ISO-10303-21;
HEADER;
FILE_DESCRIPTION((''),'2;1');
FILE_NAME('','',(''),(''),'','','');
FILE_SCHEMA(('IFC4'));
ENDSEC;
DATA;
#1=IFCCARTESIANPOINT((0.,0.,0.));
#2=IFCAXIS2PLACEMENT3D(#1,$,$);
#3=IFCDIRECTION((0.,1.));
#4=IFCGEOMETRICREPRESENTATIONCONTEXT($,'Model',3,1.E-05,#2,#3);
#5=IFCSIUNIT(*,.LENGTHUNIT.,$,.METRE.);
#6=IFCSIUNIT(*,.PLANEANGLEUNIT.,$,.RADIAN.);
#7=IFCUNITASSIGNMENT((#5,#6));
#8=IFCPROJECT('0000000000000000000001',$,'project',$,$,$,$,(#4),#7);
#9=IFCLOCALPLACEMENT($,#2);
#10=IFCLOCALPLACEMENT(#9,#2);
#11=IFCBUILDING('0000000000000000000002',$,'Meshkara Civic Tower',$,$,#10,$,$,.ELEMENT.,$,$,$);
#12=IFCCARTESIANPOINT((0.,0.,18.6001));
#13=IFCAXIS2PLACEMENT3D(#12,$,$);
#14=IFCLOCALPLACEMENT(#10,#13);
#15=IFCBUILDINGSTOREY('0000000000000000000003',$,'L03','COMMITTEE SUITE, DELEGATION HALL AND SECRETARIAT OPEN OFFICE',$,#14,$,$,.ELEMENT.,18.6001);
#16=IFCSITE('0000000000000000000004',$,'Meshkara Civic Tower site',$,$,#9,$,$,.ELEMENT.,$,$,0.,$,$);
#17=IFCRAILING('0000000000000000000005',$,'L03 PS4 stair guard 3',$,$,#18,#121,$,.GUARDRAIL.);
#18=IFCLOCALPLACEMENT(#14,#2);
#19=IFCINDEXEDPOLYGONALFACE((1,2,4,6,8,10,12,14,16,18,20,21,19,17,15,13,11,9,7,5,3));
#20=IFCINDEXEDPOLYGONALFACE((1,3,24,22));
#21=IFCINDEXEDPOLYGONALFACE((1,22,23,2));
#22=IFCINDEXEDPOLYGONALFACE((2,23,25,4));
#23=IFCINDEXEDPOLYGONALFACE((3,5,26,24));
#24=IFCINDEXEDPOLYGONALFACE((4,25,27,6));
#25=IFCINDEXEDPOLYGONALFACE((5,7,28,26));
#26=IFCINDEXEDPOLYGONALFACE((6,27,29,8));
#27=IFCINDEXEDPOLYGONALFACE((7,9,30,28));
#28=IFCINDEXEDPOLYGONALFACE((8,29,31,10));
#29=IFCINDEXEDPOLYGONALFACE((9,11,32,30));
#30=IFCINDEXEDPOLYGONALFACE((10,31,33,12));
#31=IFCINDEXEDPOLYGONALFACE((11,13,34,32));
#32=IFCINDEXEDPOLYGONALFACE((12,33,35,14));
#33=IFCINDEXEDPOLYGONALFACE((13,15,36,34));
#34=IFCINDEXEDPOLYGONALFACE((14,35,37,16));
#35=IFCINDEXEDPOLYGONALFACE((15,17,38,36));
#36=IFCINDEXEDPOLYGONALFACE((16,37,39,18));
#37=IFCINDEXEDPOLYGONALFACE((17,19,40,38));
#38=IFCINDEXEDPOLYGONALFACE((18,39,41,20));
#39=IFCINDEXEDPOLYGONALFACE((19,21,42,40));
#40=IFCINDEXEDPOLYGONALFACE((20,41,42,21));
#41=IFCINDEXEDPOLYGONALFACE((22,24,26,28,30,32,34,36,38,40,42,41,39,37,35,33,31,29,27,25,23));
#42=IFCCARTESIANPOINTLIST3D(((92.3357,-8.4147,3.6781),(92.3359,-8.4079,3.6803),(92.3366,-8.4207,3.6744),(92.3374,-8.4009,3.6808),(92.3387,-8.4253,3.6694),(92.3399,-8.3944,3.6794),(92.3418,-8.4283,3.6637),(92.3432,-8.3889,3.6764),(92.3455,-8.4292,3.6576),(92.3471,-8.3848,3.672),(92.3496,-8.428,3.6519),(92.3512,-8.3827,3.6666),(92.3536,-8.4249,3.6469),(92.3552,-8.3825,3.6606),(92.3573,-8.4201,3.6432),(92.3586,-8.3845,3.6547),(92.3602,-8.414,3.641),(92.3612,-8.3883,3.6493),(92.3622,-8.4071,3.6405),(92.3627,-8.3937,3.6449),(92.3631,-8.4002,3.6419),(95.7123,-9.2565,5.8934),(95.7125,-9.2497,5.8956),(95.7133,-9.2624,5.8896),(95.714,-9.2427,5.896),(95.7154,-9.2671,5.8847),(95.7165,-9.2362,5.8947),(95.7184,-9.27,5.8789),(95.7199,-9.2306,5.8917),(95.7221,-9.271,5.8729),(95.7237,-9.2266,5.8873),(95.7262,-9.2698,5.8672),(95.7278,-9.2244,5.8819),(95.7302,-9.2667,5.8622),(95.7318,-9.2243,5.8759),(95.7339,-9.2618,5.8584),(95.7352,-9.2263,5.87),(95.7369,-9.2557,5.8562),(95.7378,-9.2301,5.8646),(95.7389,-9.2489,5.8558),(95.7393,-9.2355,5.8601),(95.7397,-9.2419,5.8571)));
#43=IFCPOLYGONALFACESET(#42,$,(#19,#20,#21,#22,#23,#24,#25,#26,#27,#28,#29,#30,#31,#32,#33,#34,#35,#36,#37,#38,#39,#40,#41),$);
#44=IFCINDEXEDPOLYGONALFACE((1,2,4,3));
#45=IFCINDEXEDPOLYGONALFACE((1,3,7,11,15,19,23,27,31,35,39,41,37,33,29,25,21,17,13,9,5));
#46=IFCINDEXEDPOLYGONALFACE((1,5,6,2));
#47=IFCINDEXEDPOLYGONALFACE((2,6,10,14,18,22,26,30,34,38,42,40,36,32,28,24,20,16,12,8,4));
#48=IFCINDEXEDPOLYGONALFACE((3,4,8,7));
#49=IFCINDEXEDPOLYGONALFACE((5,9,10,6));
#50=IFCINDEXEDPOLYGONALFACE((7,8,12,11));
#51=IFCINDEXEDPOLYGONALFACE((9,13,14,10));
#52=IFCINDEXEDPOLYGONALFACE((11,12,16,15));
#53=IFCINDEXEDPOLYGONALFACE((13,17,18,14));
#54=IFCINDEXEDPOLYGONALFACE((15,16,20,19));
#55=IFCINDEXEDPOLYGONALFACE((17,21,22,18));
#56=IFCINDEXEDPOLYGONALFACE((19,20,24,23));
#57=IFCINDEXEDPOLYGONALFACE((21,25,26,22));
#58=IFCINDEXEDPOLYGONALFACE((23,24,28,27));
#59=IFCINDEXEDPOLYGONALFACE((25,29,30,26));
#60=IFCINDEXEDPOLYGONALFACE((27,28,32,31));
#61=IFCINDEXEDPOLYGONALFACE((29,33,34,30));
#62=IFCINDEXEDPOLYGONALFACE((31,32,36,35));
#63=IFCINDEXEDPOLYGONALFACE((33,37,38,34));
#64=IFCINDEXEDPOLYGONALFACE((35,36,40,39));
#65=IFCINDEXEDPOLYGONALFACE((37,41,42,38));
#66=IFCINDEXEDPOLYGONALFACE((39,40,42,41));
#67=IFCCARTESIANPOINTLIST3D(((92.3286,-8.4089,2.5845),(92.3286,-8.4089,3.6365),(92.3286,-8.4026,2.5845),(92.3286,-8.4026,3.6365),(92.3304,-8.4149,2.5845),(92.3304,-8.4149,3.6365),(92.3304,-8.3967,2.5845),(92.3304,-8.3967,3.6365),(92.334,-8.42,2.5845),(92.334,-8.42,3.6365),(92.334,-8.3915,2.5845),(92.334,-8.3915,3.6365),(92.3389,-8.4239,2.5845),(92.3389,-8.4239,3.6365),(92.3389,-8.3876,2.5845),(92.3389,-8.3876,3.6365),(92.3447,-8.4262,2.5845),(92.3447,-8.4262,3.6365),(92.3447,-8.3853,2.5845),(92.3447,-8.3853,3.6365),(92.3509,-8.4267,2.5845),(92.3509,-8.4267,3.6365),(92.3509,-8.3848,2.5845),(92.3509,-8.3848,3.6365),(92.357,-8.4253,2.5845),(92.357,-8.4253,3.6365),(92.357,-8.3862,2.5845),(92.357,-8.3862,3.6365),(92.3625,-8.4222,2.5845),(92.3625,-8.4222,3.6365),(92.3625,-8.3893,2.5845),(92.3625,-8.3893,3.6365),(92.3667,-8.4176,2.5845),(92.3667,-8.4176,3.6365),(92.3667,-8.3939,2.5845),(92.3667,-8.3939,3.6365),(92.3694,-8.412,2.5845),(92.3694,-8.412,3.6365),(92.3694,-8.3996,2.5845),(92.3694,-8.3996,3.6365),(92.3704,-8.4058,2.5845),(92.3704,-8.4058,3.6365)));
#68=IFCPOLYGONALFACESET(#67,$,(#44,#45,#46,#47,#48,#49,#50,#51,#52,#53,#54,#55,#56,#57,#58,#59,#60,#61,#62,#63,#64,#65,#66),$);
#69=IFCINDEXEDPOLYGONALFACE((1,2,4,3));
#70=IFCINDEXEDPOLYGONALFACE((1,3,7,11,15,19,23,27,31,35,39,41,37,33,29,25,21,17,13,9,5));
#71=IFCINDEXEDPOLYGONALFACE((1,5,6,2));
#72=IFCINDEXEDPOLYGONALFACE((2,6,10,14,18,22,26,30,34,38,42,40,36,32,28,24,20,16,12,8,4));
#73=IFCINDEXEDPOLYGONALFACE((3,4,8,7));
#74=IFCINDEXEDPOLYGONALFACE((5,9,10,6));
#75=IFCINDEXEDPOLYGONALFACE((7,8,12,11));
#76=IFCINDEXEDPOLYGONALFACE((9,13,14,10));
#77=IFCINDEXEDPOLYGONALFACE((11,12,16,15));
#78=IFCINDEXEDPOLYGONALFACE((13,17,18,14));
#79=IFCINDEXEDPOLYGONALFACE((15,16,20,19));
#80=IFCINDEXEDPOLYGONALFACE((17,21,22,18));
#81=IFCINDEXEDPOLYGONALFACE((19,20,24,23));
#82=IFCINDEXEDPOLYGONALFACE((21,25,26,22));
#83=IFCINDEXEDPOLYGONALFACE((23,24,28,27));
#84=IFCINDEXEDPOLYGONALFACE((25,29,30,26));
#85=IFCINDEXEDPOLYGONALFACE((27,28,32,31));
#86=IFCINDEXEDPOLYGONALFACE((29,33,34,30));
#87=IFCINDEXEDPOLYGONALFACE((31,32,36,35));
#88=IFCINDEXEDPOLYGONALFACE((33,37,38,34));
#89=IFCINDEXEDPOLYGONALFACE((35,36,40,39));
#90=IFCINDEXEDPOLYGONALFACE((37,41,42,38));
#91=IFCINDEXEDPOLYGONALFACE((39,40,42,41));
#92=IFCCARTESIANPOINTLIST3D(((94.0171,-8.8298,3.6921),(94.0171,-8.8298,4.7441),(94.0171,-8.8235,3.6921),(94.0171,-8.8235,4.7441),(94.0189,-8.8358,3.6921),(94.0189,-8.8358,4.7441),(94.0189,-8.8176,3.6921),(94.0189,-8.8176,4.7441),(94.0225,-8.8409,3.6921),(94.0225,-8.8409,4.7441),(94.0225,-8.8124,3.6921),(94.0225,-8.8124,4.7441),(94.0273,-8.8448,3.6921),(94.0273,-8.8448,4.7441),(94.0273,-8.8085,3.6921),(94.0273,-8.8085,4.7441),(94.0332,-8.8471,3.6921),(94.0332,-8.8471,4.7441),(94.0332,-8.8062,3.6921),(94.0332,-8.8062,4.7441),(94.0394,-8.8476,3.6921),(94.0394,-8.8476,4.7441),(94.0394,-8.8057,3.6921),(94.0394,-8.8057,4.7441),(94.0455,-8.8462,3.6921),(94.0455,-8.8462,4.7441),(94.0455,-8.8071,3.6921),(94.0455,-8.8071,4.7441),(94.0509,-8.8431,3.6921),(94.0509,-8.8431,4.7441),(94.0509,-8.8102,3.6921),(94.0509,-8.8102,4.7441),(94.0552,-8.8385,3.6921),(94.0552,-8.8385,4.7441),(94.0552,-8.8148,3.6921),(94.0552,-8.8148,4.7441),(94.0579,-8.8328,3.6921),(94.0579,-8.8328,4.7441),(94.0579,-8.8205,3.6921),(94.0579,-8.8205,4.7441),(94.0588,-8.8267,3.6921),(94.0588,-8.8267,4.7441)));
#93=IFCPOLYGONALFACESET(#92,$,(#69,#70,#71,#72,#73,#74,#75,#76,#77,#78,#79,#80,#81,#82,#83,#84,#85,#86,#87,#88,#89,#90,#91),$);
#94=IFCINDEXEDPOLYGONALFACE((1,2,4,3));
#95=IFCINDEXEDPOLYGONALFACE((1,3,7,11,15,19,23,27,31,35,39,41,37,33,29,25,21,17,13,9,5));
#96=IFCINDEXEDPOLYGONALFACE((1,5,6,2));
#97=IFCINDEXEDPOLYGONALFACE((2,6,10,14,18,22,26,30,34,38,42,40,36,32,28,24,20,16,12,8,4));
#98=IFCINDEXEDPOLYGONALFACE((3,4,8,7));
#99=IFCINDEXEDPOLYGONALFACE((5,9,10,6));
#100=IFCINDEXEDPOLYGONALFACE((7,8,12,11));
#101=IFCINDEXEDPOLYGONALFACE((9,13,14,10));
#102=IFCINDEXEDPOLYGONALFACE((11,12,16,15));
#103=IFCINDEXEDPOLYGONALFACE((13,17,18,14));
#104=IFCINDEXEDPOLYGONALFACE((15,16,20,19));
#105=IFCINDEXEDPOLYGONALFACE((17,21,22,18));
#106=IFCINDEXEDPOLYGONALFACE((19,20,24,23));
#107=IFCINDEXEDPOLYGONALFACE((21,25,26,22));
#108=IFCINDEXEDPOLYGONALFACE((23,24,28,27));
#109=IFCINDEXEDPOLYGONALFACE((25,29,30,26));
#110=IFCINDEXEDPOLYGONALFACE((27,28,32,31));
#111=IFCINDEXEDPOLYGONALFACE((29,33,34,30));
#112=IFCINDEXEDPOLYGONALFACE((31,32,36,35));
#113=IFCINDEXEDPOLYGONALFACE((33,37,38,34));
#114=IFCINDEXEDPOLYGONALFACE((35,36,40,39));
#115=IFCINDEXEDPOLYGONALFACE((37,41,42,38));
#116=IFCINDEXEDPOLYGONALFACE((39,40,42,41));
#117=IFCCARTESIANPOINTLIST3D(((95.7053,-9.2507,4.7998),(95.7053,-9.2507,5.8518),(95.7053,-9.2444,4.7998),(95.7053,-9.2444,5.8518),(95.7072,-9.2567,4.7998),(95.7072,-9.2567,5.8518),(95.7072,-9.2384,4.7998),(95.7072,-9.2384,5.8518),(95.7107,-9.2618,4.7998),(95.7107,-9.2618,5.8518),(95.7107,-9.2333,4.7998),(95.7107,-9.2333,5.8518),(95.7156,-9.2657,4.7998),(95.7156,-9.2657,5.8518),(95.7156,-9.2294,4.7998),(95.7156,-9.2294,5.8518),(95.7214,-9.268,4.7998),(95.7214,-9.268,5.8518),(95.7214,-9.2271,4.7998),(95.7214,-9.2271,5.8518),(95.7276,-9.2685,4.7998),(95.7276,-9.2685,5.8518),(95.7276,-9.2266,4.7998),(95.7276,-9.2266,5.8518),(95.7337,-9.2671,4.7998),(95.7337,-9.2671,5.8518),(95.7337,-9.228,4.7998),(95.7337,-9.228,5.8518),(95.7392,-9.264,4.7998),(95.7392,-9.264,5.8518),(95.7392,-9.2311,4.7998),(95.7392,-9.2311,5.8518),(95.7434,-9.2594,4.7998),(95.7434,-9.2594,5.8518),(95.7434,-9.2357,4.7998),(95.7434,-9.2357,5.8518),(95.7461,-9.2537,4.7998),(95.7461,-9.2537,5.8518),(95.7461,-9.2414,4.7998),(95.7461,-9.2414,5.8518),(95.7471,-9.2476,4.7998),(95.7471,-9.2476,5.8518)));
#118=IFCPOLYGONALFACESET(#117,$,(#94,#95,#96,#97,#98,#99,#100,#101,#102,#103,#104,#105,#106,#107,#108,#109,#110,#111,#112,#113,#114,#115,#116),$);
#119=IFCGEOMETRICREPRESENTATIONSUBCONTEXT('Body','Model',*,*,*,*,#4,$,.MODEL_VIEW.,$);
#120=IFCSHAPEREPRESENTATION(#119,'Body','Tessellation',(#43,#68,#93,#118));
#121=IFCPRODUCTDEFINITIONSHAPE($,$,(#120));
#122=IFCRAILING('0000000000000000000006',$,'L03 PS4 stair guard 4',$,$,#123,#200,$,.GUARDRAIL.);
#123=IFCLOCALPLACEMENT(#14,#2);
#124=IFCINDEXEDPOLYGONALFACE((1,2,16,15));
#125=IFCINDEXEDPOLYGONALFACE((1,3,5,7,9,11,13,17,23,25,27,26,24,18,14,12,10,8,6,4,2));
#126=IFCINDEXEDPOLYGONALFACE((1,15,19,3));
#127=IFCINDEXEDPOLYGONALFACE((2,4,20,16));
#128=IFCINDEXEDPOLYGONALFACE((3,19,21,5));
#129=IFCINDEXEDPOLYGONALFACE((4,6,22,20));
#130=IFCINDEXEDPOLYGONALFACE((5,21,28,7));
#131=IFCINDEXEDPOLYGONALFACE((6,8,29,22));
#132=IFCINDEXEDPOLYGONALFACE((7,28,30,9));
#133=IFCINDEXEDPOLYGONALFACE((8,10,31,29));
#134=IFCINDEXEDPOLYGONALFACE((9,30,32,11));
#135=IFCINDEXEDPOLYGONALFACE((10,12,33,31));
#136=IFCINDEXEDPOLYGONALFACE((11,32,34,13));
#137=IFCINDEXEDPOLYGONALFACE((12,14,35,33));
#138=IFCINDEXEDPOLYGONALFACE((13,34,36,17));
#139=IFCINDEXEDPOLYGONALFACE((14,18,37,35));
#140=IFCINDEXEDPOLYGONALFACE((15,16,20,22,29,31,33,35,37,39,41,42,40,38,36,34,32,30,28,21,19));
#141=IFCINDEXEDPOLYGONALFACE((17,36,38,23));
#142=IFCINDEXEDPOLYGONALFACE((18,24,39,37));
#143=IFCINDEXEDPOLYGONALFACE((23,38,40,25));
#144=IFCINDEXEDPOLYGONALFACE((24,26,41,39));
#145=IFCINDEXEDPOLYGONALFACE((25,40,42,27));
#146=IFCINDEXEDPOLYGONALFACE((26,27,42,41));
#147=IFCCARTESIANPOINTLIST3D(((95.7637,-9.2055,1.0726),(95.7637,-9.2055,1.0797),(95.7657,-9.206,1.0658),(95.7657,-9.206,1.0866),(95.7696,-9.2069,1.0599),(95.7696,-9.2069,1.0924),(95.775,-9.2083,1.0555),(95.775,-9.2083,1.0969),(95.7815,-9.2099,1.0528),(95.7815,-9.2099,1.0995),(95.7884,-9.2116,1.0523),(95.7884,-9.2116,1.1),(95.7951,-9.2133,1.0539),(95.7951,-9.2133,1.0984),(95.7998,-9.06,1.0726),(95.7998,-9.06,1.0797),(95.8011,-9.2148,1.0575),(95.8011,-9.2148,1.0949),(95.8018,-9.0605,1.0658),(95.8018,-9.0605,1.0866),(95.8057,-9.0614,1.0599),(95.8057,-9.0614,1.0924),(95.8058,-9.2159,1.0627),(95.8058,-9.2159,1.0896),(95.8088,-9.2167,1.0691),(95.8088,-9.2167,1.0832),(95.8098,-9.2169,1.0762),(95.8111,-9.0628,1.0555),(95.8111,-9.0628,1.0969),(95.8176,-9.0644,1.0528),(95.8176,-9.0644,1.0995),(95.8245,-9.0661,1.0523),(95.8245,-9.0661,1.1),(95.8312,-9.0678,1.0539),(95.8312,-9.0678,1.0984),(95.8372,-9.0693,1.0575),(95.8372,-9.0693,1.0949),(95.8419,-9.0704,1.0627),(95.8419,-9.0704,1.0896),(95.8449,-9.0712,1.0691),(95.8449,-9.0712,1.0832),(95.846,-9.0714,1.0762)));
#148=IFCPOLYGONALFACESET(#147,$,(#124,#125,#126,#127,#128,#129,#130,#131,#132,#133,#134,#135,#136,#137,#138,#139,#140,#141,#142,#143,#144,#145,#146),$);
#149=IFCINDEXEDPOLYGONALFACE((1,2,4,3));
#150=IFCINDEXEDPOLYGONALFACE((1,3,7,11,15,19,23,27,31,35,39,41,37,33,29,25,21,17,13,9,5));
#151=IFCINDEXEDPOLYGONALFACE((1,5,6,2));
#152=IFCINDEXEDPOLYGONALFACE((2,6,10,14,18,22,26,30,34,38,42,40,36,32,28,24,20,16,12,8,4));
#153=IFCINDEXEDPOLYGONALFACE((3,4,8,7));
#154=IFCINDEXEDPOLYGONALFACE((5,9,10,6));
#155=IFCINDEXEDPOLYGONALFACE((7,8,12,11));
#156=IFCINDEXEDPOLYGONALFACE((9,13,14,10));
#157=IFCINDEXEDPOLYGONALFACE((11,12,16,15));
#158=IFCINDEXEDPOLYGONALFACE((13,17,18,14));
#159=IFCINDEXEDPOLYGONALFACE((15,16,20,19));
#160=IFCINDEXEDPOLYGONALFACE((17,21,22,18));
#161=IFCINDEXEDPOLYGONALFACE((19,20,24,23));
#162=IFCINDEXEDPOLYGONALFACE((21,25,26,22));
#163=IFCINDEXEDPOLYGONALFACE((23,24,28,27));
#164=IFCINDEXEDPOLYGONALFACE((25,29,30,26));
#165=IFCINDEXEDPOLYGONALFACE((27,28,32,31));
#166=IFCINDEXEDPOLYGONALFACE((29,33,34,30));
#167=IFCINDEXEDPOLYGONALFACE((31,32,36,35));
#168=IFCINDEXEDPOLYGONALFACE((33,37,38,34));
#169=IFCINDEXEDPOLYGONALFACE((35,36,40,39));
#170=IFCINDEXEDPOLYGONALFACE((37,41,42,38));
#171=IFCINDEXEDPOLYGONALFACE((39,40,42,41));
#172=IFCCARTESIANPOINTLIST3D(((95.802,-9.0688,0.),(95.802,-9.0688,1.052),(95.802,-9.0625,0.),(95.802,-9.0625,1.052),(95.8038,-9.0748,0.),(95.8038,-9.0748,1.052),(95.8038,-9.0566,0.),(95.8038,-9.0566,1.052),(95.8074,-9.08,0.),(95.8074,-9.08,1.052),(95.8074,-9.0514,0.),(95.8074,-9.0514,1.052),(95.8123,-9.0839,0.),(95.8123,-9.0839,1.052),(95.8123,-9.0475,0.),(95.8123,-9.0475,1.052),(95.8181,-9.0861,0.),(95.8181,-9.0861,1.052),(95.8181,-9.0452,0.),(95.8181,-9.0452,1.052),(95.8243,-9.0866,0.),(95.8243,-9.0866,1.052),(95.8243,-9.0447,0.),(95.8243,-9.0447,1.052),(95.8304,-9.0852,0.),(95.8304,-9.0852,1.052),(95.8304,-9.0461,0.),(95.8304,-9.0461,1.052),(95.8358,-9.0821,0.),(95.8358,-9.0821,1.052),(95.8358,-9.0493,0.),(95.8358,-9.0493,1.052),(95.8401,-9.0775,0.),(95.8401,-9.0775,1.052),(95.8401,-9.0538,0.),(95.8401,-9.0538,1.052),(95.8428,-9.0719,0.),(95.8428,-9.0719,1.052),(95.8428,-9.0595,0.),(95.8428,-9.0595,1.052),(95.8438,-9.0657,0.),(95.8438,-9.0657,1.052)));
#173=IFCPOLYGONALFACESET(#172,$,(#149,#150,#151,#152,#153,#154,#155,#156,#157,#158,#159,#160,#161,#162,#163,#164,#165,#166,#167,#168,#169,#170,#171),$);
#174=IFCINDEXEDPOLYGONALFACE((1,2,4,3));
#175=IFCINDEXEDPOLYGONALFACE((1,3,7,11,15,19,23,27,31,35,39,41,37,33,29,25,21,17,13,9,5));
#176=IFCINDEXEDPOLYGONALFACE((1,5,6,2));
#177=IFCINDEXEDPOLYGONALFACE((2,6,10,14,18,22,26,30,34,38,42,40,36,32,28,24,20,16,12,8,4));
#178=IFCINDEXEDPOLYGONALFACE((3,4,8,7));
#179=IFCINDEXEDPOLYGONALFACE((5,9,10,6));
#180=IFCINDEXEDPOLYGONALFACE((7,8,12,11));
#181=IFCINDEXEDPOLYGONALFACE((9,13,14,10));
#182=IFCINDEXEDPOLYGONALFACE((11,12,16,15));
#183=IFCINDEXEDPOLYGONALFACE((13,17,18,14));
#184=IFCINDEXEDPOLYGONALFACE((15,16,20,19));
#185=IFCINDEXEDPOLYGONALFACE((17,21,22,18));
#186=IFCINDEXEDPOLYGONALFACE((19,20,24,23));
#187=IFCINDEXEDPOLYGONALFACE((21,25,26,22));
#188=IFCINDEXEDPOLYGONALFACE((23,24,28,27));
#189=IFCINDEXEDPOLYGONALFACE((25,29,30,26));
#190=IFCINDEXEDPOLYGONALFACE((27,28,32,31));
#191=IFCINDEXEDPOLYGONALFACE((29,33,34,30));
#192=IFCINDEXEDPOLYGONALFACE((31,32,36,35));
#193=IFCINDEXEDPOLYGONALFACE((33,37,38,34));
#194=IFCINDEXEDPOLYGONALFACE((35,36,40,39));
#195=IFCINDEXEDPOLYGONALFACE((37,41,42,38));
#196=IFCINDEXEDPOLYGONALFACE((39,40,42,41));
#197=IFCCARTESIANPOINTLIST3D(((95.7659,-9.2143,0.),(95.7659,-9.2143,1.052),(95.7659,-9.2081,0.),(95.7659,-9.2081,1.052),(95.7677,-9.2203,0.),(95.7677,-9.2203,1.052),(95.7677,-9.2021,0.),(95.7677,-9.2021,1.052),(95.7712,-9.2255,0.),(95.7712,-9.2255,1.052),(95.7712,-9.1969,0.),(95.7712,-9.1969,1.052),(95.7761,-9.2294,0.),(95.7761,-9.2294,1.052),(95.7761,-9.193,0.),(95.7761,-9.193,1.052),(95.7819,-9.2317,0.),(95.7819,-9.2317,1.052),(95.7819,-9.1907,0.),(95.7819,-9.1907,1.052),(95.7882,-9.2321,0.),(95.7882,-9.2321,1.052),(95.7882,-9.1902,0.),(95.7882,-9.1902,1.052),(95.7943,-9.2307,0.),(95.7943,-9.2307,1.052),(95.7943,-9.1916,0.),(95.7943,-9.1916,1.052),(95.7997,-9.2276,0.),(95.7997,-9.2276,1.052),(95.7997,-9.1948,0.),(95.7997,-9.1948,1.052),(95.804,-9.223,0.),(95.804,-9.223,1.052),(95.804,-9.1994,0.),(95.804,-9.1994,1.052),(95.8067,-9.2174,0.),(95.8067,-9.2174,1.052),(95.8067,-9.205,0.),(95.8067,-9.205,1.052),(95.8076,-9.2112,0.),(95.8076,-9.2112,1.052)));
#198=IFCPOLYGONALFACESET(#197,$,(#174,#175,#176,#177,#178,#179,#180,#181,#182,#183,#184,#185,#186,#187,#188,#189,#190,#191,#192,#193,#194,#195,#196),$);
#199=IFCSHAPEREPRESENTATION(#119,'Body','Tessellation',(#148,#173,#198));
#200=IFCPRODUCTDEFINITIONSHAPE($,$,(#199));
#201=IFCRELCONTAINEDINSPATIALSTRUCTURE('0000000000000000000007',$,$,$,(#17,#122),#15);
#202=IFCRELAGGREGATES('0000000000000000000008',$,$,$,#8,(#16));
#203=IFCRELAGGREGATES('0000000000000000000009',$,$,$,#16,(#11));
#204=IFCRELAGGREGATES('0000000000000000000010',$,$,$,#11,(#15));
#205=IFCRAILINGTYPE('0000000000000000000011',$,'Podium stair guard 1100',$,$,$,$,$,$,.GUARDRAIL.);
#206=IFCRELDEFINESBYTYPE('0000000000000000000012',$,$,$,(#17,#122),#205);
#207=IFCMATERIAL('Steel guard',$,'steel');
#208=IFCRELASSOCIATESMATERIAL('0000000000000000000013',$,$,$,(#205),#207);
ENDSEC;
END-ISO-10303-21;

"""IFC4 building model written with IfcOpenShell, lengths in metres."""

from ifc_helpers import new_model, si_unit, direction, frame, origin, origin_2d, place, context, subcontext, project, spatial, circle, extrude, material, type_object, element, save


model = new_model("IFC4")

# Units and contexts
model_context = context("Model", 3, precision=1e-05, world=origin(), true_north=direction((0.0, 1.0)))
body_context = subcontext(model_context, "Body", "Model", "MODEL_VIEW")
ifc_project = project(units=[si_unit("LENGTHUNIT", "METRE"), si_unit("PLANEANGLEUNIT", "RADIAN")], contexts=[model_context])

# Site, building, storey
site_placement = place(None, origin())
site = spatial("IfcSite", under=ifc_project, at=site_placement, Name="Meshkara Civic Tower site", CompositionType="ELEMENT", RefElevation=0.0)
building_placement = place(site_placement, origin())
building = spatial("IfcBuilding", under=site, at=building_placement, Name="Meshkara Civic Tower", CompositionType="ELEMENT")
storey_placement = place(building_placement, frame((0.0, 0.0, 18.6001)))
storey = spatial("IfcBuildingStorey", under=building, at=storey_placement, Name="L03", Description="COMMITTEE SUITE, DELEGATION HALL AND SECRETARIAT OPEN OFFICE", CompositionType="ELEMENT", Elevation=18.6001)

# Railings
ifc_material_1 = material(Name="Steel guard", Category="steel")
railing_type_1 = type_object("IfcRailingType", Name="Podium stair guard 1100", PredefinedType="GUARDRAIL", material=ifc_material_1)
railing_1_placement = place(storey_placement, frame((92.3494, -8.4058, 2.5845)))
element("IfcRailing", 1, at=railing_1_placement, inside=storey, type_object=railing_type_1, Name="L03 PS4 stair guard 3", PredefinedType="GUARDRAIL", context=body_context, shape_type="SweptSolid", body=[
    extrude(circle(Radius=0.0239, at=origin_2d()), frame((0.0, 0.0, 1.0762), z_axis=(0.818527, -0.204055, 0.537005), x_axis=(0.241892, 0.970303, 0.0)), (0.0, 0.0, 1.0), 4.1252),
    extrude(circle(Radius=0.021, at=origin_2d()), origin(), (0.0, 0.0, 1.0), 1.052),
    extrude(circle(Radius=0.021, at=origin_2d()), frame((1.6885, -0.4209, 1.1077)), (0.0, 0.0, 1.0), 1.052),
    extrude(circle(Radius=0.021, at=origin_2d()), frame((3.3767, -0.8418, 2.2153)), (0.0, 0.0, 1.0), 1.052),
])
railing_2_placement = place(storey_placement, frame((95.8228, -9.0657, 0.0)))
element("IfcRailing", 2, at=railing_2_placement, inside=storey, type_object=railing_type_1, Name="L03 PS4 stair guard 4", PredefinedType="GUARDRAIL", context=body_context, shape_type="SweptSolid", body=[
    extrude(circle(Radius=0.0239, at=origin_2d()), frame((0.0, 0.0, 1.0762), z_axis=(-0.241003, -0.970524, 0.0), x_axis=(0.970524, -0.241003, 0.0)), (0.0, 0.0, 1.0), 0.1499),
    extrude(circle(Radius=0.021, at=origin_2d()), origin(), (0.0, 0.0, 1.0), 1.052),
    extrude(circle(Radius=0.021, at=origin_2d()), frame((-0.0361, -0.1455, 0.0)), (0.0, 0.0, 1.0), 1.052),
])

save(model, "model.ifc")
